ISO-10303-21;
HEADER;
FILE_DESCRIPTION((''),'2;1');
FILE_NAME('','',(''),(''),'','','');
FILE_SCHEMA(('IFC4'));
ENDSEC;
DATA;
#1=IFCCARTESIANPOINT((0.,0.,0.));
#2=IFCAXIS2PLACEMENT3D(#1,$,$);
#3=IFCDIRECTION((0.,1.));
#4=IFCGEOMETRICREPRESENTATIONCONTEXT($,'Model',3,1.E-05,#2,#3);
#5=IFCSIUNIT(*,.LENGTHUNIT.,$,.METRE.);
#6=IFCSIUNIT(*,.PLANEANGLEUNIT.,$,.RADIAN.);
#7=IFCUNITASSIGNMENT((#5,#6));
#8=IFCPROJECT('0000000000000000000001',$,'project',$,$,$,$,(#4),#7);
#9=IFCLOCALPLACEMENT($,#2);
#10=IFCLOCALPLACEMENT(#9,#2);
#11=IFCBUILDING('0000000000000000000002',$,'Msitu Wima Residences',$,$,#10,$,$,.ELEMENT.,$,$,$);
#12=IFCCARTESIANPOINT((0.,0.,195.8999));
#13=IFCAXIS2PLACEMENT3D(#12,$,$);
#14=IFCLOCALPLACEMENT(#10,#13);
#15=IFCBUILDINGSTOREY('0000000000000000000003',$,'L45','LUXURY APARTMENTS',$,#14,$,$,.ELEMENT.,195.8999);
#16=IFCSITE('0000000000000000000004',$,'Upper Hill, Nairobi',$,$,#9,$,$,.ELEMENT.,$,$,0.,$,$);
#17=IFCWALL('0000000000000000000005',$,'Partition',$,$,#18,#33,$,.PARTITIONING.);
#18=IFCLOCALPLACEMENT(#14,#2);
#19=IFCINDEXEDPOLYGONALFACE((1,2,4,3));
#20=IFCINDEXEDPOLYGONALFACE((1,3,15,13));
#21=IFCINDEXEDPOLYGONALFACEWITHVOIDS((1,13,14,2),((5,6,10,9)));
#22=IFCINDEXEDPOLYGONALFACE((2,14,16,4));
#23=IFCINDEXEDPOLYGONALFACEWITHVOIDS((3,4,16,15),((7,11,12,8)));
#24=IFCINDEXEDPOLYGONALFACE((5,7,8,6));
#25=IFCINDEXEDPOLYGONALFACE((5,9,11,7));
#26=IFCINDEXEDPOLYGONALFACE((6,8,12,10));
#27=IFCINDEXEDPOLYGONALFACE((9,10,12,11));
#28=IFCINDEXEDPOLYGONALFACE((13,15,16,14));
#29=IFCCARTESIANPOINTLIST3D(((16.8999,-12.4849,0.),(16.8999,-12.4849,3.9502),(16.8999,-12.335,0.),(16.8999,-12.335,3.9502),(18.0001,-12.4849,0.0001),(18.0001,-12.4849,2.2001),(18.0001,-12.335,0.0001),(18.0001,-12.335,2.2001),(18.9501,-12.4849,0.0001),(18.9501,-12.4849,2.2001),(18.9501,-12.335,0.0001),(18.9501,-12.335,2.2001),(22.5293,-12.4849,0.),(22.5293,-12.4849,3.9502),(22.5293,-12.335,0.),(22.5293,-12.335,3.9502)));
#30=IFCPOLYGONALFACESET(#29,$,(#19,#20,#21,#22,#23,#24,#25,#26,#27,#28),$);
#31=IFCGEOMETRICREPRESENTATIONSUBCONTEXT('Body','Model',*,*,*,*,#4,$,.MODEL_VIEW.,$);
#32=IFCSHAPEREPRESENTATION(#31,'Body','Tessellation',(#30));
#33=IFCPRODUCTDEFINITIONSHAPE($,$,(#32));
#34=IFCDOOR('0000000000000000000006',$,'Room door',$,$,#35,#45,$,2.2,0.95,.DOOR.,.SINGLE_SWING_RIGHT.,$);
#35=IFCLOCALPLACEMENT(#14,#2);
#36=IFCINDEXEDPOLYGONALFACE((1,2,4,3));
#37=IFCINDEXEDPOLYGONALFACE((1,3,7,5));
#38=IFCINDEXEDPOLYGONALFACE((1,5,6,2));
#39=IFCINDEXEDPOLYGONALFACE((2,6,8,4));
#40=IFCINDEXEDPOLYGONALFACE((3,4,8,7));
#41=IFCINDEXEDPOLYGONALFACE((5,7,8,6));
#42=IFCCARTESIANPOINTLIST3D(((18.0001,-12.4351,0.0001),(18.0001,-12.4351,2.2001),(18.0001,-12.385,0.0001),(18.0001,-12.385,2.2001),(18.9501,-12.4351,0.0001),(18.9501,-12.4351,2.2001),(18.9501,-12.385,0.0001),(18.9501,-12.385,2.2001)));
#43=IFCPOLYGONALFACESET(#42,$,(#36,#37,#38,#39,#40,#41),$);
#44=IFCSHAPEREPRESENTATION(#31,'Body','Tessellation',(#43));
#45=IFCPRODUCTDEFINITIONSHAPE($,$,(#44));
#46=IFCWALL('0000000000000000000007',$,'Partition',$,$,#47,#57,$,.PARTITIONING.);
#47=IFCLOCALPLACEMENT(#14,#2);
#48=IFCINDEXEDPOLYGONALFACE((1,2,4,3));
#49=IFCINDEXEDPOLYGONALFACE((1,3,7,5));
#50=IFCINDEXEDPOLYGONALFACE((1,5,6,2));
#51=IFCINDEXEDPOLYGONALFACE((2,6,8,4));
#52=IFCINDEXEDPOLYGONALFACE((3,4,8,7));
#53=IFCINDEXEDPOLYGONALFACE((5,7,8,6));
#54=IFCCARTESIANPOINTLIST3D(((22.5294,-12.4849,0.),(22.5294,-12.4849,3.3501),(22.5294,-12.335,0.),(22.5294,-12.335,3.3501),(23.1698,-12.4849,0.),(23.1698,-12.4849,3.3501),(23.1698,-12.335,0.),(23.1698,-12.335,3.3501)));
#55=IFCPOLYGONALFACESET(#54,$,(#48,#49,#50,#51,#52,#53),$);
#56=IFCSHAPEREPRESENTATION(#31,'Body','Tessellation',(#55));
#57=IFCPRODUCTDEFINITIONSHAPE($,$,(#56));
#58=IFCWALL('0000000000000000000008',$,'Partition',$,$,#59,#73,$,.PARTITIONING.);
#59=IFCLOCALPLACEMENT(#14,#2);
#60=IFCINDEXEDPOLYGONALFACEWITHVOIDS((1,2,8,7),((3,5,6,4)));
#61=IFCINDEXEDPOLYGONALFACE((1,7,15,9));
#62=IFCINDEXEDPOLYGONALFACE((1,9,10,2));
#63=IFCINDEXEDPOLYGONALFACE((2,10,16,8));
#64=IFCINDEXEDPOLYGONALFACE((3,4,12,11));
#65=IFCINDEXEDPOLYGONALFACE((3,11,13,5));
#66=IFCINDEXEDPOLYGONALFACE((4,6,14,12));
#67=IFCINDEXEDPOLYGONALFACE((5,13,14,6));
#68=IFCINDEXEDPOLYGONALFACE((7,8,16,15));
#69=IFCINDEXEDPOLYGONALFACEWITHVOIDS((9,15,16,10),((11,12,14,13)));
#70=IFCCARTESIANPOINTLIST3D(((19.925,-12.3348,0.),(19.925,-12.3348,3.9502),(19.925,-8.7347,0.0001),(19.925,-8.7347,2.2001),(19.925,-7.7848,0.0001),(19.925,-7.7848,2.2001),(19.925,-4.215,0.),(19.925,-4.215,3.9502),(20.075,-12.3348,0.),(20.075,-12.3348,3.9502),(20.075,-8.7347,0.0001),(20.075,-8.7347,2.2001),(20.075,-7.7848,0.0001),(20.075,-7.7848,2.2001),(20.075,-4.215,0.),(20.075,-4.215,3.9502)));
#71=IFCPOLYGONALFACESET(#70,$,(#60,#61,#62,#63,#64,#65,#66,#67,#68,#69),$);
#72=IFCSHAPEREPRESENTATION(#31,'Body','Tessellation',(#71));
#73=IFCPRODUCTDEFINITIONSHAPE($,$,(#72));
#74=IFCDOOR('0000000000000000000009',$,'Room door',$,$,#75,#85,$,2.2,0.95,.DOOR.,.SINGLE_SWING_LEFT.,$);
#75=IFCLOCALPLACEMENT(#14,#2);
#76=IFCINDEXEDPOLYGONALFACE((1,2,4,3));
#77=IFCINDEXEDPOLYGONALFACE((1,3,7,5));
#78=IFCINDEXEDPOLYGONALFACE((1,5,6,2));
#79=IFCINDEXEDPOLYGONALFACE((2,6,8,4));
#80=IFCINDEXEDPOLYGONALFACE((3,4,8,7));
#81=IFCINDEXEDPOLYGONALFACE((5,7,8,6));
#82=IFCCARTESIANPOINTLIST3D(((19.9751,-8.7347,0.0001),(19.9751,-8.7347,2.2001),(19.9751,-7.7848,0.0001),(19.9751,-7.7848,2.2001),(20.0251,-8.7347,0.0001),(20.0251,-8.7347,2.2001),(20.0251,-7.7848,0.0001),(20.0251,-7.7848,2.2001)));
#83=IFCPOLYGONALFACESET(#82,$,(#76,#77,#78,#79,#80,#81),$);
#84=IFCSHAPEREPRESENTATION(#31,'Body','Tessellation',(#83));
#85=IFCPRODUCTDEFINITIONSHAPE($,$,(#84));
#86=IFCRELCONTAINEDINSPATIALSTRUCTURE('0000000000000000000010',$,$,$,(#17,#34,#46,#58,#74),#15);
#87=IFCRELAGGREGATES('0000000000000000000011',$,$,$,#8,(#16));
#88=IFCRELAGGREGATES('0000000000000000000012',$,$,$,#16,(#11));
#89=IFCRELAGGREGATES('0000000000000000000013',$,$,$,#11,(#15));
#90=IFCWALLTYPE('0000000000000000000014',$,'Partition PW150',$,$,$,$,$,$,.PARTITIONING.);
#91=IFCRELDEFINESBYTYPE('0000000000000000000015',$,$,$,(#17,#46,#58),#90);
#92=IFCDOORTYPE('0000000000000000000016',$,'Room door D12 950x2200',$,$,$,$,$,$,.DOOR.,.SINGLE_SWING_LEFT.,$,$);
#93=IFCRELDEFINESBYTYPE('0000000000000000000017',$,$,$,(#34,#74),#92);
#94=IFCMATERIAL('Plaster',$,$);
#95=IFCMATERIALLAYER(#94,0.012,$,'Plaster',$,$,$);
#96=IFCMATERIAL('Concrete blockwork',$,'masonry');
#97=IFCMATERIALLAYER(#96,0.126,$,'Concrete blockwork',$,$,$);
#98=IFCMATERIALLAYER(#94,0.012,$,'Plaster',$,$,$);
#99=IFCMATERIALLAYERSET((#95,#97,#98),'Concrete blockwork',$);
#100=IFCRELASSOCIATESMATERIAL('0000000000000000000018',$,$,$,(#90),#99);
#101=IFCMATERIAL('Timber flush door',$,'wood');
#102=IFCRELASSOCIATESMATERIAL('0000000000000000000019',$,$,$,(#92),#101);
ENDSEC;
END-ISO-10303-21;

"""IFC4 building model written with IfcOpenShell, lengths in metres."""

from ifc_helpers import new_model, si_unit, direction, frame, frame_2d, origin, place, context, subcontext, project, spatial, rectangle, extrude, material, layer, layer_set, type_object, element, fill, save


model = new_model("IFC4")

# Units and contexts
model_context = context("Model", 3, precision=1e-05, world=origin(), true_north=direction((0.0, 1.0)))
body_context = subcontext(model_context, "Body", "Model", "MODEL_VIEW")
ifc_project = project(units=[si_unit("LENGTHUNIT", "METRE"), si_unit("PLANEANGLEUNIT", "RADIAN")], contexts=[model_context])

# Site, building, storey
site_placement = place(None, origin())
site = spatial("IfcSite", under=ifc_project, at=site_placement, Name="Upper Hill, Nairobi", CompositionType="ELEMENT", RefElevation=0.0)
building_placement = place(site_placement, origin())
building = spatial("IfcBuilding", under=site, at=building_placement, Name="Msitu Wima Residences", CompositionType="ELEMENT")
storey_placement = place(building_placement, frame((0.0, 0.0, 195.8999)))
storey = spatial("IfcBuildingStorey", under=building, at=storey_placement, Name="L45", Description="LUXURY APARTMENTS", CompositionType="ELEMENT", Elevation=195.8999)

# Shared definitions
ifc_material_1 = material(Name="Plaster")
ifc_material_2 = material(Name="Concrete blockwork", Category="masonry")

# Shared definitions
ifc_layer_1 = layer(ifc_material_1, 0.012, Name="Plaster")
ifc_layer_2 = layer(ifc_material_2, 0.126, Name="Concrete blockwork")
ifc_layer_3 = layer(ifc_material_1, 0.012, Name="Plaster")
ifc_layer_set_1 = layer_set([ifc_layer_1, ifc_layer_2, ifc_layer_3], Name="Concrete blockwork")
wall_type_1 = type_object("IfcWallType", Name="Partition PW150", PredefinedType="PARTITIONING", material=ifc_layer_set_1)
ifc_material_3 = material(Name="Timber flush door", Category="wood")
door_type_1 = type_object("IfcDoorType", Name="Room door D12 950x2200", OperationType="SINGLE_SWING_LEFT", PredefinedType="DOOR", material=ifc_material_3)

# Wall, opening, door
wall_1_placement = place(storey_placement, frame((16.8999, -12.4099, 0.0), z_axis=(0.0, 0.0, 1.0), x_axis=(1.0, 0.0, 0.0)))
wall_1 = element("IfcWall", 1, at=wall_1_placement, inside=storey, type_object=wall_type_1, Name="Partition", PredefinedType="PARTITIONING", context=body_context, shape_type="SweptSolid", body=[
    extrude(rectangle(XDim=5.6294, YDim=0.1499, at=frame_2d((2.8147, 0.0))), origin(), (0.0, 0.0, 1.0), 3.9502),
])
opening_1_placement = place(wall_1_placement, frame((1.1001, 0.0, 0.0)))
opening_1 = element("IfcOpeningElement", 2, at=opening_1_placement, cuts=wall_1, PredefinedType="OPENING", context=body_context, shape_type="SweptSolid", body=[
    extrude(rectangle(XDim=0.95, YDim=2.2, at=frame_2d((0.4751, 1.1001))), frame((0.0, 0.085, 0.0), z_axis=(0.0, -1.0, 0.0), x_axis=(1.0, 0.0, 0.0)), (0.0, 0.0, 1.0), 0.1699),
])
door_1_placement = place(opening_1_placement, origin())
door_1 = element("IfcDoor", 3, at=door_1_placement, inside=storey, type_object=door_type_1, Name="Room door", OperationType="SINGLE_SWING_RIGHT", OverallHeight=2.2, OverallWidth=0.95, PredefinedType="DOOR", context=body_context, shape_type="SweptSolid", body=[
    extrude(rectangle(XDim=0.95, YDim=2.2, at=frame_2d((0.4751, 1.1001))), frame((0.0, 0.0249, 0.0), z_axis=(0.0, -1.0, 0.0), x_axis=(1.0, 0.0, 0.0)), (0.0, 0.0, 1.0), 0.05),
])
fill(opening_1, door_1)

# Wall
wall_2_placement = place(storey_placement, frame((22.5293, -12.4099, 0.0), z_axis=(0.0, 0.0, 1.0), x_axis=(1.0, 0.0, 0.0)))
element("IfcWall", 4, at=wall_2_placement, inside=storey, type_object=wall_type_1, Name="Partition", PredefinedType="PARTITIONING", context=body_context, shape_type="SweptSolid", body=[
    extrude(rectangle(XDim=0.6404, YDim=0.1499, at=frame_2d((0.3203, 0.0))), origin(), (0.0, 0.0, 1.0), 3.3501),
])

# Wall, opening, door
wall_3_placement = place(storey_placement, frame((20.0, -12.335, 0.0), z_axis=(0.0, 0.0, 1.0), x_axis=(0.0, 1.0, 0.0)))
wall_3 = element("IfcWall", 5, at=wall_3_placement, inside=storey, type_object=wall_type_1, Name="Partition", PredefinedType="PARTITIONING", context=body_context, shape_type="SweptSolid", body=[
    extrude(rectangle(XDim=8.1199, YDim=0.1499, at=frame_2d((4.0601, 0.0))), origin(), (0.0, 0.0, 1.0), 3.9502),
])
opening_2_placement = place(wall_3_placement, frame((3.6001, 0.0, 0.0)))
opening_2 = element("IfcOpeningElement", 6, at=opening_2_placement, cuts=wall_3, PredefinedType="OPENING", context=body_context, shape_type="SweptSolid", body=[
    extrude(rectangle(XDim=0.95, YDim=2.2, at=frame_2d((0.4751, 1.1001))), frame((0.0, 0.085, 0.0), z_axis=(0.0, -1.0, 0.0), x_axis=(1.0, 0.0, 0.0)), (0.0, 0.0, 1.0), 0.1699),
])
door_2_placement = place(opening_2_placement, origin())
door_2 = element("IfcDoor", 7, at=door_2_placement, inside=storey, type_object=door_type_1, Name="Room door", OperationType="SINGLE_SWING_LEFT", OverallHeight=2.2, OverallWidth=0.95, PredefinedType="DOOR", context=body_context, shape_type="SweptSolid", body=[
    extrude(rectangle(XDim=0.95, YDim=2.2, at=frame_2d((0.4751, 1.1001))), frame((0.0, 0.0249, 0.0), z_axis=(0.0, -1.0, 0.0), x_axis=(1.0, 0.0, 0.0)), (0.0, 0.0, 1.0), 0.05),
])
fill(opening_2, door_2)

save(model, "model.ifc")
